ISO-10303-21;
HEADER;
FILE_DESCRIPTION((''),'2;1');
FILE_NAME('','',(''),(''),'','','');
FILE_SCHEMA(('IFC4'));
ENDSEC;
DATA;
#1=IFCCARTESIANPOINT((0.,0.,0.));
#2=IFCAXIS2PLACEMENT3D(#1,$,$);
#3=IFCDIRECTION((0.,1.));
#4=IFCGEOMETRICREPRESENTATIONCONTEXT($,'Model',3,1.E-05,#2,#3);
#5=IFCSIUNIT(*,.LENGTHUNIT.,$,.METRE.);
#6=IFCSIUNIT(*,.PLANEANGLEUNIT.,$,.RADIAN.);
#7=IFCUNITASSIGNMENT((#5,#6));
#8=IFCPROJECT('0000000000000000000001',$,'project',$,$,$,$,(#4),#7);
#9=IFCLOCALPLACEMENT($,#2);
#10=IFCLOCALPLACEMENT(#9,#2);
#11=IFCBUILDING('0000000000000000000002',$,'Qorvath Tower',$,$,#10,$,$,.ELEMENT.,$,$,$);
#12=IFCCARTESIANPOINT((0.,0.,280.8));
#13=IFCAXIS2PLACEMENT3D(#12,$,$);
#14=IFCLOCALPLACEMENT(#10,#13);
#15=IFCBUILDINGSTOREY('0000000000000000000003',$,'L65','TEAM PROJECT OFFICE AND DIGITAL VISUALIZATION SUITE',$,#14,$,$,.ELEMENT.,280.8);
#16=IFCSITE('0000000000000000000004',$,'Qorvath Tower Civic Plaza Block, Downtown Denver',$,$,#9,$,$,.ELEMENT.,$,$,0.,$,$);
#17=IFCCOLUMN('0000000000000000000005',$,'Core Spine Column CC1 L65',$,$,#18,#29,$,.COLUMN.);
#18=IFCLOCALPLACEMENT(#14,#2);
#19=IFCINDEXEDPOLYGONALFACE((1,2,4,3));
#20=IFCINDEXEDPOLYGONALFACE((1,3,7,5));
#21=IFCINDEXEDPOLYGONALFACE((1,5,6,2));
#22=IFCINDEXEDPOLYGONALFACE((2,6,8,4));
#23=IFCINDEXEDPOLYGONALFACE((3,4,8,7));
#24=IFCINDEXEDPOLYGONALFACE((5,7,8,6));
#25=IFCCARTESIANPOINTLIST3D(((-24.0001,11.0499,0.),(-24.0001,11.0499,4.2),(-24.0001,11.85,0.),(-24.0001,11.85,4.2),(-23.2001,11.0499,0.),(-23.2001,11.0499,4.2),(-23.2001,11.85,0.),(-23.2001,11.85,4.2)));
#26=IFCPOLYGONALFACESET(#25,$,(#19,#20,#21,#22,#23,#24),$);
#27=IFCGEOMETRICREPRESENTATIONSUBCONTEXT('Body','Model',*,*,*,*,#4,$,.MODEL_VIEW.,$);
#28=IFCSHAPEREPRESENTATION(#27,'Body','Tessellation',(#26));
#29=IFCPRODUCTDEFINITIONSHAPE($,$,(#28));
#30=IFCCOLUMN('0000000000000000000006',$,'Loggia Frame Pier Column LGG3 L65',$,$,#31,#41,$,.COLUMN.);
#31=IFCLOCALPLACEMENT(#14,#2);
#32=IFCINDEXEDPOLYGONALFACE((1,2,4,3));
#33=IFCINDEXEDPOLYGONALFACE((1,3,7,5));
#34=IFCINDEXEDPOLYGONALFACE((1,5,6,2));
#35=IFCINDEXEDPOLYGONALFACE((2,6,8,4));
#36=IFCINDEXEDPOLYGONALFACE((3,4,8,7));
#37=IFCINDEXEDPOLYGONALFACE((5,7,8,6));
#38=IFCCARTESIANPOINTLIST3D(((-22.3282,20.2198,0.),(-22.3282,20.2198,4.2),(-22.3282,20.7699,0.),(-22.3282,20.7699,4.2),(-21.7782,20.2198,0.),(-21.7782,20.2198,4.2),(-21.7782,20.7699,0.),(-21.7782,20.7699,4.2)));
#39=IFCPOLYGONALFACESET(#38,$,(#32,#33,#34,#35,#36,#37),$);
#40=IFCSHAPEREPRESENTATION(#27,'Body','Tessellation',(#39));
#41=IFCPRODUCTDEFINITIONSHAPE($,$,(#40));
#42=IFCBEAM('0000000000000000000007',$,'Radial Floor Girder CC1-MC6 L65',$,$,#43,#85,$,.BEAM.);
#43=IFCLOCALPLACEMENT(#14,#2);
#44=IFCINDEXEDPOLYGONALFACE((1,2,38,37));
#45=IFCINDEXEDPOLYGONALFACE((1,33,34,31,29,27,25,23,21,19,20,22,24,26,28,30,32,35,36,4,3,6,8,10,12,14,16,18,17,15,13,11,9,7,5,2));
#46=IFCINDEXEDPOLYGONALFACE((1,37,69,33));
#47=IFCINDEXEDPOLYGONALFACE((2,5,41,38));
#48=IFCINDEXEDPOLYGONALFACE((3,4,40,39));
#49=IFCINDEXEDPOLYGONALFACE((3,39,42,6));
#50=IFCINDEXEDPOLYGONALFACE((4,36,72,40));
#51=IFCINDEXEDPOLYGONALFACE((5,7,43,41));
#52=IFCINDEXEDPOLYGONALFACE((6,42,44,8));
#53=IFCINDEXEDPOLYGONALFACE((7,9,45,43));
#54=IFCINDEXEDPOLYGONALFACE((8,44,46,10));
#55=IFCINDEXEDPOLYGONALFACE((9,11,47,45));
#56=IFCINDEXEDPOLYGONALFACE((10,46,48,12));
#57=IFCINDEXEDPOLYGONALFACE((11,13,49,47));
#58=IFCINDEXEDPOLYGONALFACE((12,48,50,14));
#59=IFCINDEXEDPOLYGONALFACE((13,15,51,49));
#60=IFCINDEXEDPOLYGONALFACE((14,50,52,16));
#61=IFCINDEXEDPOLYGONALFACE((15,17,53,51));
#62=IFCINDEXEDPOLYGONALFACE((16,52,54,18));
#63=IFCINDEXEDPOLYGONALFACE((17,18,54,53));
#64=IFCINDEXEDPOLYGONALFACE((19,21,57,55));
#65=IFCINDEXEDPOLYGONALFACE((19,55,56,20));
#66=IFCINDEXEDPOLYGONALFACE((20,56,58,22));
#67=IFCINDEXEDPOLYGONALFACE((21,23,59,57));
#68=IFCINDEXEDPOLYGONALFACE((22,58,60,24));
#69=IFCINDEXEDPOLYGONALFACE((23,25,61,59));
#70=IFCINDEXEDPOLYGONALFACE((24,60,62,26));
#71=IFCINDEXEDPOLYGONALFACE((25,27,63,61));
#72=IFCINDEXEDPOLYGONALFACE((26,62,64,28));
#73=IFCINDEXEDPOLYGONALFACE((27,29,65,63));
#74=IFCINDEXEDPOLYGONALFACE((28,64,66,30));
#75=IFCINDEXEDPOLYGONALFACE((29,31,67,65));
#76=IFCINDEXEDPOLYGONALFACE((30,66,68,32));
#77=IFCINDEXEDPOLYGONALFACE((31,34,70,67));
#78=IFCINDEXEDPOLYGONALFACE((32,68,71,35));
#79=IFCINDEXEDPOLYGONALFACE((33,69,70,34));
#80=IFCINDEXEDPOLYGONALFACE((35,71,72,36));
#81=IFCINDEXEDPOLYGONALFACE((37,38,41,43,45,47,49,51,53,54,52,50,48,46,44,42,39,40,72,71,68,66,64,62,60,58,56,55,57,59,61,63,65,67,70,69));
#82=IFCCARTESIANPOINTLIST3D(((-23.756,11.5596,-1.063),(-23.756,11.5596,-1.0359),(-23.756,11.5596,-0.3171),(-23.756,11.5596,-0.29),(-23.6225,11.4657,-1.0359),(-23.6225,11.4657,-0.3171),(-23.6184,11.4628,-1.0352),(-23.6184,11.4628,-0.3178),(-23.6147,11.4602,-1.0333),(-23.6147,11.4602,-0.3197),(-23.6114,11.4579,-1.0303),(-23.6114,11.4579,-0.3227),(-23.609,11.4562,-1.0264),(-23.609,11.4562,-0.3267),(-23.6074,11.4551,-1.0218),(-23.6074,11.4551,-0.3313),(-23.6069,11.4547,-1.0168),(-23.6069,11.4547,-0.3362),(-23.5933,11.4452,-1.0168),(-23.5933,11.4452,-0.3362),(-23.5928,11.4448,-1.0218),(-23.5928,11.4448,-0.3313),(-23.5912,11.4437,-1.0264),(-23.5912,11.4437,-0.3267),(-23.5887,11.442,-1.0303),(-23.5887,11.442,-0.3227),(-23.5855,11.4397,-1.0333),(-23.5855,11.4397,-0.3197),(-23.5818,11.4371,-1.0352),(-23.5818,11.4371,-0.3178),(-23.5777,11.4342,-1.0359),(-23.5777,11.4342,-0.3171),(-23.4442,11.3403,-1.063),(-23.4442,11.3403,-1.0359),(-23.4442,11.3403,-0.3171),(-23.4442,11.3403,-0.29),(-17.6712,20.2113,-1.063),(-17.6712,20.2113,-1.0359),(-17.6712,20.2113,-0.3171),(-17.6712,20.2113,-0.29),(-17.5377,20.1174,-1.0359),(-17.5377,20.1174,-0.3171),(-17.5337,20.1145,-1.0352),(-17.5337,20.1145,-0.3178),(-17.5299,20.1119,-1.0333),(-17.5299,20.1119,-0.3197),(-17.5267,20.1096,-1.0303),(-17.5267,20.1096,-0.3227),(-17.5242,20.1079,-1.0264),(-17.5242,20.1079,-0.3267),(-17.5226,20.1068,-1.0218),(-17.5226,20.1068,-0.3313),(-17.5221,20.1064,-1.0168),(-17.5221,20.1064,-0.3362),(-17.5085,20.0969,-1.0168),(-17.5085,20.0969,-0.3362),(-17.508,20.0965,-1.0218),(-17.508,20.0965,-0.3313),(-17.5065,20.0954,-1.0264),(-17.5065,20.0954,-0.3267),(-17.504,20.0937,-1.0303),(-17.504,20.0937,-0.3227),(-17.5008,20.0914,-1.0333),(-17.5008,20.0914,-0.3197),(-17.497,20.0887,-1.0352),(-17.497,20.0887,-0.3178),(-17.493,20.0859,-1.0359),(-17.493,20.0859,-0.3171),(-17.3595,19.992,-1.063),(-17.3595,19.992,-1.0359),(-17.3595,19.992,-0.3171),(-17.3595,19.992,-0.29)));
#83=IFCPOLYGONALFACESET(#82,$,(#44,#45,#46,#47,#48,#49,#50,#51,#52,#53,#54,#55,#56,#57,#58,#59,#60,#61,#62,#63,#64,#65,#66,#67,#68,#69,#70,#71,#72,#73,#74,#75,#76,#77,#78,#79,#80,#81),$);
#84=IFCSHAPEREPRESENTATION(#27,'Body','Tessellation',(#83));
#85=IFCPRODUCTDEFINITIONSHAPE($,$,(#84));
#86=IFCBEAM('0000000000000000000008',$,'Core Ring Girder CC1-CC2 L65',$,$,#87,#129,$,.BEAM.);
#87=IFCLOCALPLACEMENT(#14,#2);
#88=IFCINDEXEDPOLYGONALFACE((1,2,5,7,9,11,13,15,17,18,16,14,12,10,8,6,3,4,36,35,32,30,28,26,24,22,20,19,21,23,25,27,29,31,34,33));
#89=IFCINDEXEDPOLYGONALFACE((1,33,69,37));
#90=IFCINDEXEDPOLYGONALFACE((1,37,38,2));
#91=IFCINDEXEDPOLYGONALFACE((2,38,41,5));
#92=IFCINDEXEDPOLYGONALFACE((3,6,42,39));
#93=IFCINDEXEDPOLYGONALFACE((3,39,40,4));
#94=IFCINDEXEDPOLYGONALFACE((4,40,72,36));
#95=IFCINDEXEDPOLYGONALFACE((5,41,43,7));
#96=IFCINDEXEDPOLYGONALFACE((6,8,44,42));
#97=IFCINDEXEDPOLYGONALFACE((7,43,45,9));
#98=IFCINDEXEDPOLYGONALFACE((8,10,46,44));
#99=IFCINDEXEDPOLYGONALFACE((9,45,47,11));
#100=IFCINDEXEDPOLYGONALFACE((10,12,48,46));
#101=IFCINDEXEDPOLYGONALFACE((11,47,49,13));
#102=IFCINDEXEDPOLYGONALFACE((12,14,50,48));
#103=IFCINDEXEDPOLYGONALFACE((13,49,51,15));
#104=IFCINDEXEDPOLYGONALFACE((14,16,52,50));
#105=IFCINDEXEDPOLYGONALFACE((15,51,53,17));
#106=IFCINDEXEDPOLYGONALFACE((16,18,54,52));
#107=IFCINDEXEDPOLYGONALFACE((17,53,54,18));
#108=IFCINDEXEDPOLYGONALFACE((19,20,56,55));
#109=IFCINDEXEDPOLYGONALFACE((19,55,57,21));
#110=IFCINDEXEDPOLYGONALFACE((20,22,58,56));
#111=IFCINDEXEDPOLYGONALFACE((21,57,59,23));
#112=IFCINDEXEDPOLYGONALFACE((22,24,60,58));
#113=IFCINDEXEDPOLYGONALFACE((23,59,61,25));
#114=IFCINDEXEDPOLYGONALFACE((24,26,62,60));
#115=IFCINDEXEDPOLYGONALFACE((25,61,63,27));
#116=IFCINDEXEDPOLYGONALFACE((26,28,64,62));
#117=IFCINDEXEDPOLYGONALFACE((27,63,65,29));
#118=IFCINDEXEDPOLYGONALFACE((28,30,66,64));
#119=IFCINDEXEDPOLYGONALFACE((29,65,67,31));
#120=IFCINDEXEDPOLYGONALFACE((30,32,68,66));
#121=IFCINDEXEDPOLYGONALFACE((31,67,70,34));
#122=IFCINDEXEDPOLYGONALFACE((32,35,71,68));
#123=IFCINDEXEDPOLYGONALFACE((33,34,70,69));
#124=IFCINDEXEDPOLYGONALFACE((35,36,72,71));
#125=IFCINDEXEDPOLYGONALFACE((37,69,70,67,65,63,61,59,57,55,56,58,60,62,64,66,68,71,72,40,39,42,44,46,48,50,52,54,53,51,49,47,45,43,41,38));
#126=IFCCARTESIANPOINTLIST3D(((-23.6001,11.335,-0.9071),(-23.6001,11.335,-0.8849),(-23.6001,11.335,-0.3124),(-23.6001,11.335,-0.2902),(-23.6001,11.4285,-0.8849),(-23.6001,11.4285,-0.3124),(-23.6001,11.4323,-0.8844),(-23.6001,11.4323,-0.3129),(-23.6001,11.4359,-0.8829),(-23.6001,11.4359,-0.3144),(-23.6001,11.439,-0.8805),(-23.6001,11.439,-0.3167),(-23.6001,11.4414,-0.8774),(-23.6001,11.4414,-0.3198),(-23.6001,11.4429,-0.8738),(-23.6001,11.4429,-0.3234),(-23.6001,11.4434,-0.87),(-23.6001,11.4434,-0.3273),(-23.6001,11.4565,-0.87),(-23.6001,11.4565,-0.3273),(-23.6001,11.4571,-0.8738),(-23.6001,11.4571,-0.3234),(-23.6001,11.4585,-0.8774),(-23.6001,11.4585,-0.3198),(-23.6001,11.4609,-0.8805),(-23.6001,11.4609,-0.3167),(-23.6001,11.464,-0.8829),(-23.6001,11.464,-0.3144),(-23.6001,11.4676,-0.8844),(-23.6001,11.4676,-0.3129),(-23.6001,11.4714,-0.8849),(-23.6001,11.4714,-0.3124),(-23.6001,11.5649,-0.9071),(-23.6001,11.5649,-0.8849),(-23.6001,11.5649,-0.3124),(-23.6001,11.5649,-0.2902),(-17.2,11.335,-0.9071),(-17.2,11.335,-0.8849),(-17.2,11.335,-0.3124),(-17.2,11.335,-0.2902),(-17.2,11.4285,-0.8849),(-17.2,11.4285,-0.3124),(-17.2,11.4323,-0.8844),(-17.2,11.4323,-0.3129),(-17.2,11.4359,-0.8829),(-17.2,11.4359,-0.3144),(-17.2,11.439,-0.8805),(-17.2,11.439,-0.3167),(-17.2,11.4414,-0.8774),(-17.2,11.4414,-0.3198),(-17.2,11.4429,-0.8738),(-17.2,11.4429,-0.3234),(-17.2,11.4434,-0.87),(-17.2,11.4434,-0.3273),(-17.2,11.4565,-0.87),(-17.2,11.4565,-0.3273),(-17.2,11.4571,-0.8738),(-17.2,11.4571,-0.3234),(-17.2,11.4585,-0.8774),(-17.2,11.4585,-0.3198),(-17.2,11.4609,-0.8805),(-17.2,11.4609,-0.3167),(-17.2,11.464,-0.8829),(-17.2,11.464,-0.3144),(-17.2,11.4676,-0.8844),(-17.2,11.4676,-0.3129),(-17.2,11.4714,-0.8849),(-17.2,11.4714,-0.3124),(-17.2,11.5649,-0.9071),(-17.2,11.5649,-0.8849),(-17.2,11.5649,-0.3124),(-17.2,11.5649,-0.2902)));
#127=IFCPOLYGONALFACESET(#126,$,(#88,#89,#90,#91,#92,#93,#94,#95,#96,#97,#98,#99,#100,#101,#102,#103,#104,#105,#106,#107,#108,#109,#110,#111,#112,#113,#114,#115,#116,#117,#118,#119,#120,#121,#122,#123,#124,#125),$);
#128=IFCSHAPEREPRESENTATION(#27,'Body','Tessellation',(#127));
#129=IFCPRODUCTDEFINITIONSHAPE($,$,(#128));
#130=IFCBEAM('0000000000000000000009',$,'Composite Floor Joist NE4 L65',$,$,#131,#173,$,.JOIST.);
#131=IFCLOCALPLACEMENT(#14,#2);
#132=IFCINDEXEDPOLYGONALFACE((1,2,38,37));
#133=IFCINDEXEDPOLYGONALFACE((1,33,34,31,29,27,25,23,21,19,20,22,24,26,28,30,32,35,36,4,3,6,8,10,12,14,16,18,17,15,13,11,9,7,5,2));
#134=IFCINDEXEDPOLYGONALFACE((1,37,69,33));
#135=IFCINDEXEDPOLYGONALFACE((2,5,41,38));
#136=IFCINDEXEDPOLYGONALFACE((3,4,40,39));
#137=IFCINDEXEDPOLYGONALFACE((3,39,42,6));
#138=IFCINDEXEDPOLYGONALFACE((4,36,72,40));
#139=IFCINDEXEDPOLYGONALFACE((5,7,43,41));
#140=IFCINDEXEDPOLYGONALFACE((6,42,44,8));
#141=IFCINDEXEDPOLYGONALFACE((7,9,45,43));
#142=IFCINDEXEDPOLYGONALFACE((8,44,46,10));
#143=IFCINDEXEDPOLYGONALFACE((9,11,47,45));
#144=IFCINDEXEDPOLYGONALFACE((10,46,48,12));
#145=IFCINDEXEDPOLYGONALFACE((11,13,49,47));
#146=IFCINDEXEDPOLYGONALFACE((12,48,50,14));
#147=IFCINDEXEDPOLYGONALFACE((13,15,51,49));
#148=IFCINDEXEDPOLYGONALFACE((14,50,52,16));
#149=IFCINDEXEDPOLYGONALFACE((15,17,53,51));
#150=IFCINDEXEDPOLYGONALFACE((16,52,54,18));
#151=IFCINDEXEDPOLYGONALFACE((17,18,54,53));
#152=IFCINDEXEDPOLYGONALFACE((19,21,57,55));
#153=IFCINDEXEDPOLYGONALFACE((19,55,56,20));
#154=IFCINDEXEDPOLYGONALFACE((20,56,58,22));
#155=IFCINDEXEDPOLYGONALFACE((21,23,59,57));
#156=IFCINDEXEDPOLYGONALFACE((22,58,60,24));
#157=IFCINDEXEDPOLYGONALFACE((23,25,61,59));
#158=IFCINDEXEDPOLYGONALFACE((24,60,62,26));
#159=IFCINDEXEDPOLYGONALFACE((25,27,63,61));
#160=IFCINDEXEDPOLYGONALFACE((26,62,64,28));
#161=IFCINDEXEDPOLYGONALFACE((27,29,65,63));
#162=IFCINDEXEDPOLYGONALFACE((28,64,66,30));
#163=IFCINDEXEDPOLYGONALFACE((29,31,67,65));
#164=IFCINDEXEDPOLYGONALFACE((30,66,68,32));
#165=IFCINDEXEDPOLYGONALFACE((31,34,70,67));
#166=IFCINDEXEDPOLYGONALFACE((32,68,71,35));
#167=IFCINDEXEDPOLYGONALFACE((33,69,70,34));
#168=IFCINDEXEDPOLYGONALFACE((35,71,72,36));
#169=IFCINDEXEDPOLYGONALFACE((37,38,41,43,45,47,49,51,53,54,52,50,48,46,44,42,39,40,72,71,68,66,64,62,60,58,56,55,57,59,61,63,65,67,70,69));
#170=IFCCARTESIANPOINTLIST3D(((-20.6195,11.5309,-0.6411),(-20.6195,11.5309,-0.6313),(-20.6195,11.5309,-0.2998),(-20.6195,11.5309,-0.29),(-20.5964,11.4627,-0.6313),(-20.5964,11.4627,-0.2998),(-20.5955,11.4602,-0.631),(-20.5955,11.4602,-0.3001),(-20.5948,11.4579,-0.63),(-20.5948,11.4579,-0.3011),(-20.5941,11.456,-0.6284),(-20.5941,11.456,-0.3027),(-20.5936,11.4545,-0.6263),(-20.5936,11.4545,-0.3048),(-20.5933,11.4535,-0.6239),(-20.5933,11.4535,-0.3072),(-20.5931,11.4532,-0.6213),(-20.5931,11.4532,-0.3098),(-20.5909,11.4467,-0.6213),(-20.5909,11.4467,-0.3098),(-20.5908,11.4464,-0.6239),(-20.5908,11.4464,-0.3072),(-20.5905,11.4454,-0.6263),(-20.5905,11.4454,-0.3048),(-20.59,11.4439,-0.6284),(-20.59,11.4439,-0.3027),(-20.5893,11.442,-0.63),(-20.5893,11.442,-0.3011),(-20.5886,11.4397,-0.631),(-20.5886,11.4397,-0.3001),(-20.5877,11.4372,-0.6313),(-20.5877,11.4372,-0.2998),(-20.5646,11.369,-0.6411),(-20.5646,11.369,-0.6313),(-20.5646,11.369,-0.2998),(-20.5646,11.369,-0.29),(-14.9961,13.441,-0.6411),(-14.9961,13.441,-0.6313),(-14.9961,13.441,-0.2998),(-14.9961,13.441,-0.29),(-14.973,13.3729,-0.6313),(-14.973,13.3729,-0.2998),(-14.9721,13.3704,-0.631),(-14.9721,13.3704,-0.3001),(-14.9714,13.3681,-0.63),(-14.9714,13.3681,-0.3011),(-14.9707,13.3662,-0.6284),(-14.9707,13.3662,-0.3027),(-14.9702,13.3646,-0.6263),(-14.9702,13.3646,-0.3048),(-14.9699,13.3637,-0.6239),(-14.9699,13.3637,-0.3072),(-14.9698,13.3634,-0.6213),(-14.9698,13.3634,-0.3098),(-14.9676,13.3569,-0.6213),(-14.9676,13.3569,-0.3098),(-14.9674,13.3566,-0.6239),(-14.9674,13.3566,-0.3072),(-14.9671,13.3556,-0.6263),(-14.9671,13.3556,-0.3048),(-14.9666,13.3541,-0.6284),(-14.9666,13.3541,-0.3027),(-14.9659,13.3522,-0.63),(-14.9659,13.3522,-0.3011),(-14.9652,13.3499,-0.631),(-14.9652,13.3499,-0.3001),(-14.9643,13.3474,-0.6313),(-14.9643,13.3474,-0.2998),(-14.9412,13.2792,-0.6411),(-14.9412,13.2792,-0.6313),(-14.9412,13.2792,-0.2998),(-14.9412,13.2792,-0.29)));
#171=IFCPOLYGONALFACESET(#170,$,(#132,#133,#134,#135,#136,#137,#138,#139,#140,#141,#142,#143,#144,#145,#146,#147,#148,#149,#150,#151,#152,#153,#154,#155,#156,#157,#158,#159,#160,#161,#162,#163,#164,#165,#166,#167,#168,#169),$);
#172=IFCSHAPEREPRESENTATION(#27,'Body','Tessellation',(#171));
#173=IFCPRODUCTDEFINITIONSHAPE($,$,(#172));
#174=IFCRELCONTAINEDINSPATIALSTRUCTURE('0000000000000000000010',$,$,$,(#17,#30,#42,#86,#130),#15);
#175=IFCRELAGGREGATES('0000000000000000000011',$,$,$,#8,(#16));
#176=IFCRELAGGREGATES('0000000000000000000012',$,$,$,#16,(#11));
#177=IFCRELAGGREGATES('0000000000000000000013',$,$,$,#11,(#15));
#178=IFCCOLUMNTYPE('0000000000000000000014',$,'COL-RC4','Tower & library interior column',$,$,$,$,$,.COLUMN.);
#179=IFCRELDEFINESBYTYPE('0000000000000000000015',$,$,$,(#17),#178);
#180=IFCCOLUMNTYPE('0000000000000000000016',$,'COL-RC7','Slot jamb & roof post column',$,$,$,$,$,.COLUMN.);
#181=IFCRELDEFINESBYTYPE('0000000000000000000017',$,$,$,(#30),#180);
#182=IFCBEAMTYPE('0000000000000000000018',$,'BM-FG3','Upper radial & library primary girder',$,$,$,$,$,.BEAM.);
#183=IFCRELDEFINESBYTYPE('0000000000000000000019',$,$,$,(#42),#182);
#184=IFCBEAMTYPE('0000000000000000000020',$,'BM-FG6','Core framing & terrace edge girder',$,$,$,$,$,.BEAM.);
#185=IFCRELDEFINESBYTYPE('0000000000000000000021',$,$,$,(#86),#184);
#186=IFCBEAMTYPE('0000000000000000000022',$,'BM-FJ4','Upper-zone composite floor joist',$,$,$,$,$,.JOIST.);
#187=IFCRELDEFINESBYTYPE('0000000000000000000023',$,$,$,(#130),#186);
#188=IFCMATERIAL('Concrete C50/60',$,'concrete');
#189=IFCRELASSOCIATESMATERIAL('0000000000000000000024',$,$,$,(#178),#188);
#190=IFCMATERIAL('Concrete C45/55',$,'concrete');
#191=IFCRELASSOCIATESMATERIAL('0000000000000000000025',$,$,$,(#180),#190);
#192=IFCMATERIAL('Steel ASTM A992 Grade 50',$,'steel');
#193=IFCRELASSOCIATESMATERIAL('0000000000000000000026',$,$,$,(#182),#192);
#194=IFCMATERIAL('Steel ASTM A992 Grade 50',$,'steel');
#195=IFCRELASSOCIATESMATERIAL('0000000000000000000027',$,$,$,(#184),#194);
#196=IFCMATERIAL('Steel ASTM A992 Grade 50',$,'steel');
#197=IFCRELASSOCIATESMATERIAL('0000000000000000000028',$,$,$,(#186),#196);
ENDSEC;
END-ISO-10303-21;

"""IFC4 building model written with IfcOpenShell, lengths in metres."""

from ifc_helpers import new_model, si_unit, direction, frame, origin, origin_2d, place, context, subcontext, project, spatial, rectangle, i_section, extrude, material, material_profile, profile_set, type_object, element, save


model = new_model("IFC4")

# Units and contexts
model_context = context("Model", 3, precision=1e-05, world=origin(), true_north=direction((0.0, 1.0)))
body_context = subcontext(model_context, "Body", "Model", "MODEL_VIEW")
ifc_project = project(units=[si_unit("LENGTHUNIT", "METRE"), si_unit("PLANEANGLEUNIT", "RADIAN")], contexts=[model_context])

# Site, building, storey
site_placement = place(None, origin())
site = spatial("IfcSite", under=ifc_project, at=site_placement, Name="Qorvath Tower Civic Plaza Block, Downtown Denver", CompositionType="ELEMENT", RefElevation=0.0)
building_placement = place(site_placement, origin())
building = spatial("IfcBuilding", under=site, at=building_placement, Name="Qorvath Tower", CompositionType="ELEMENT")
storey_placement = place(building_placement, frame((0.0, 0.0, 280.8)))
storey = spatial("IfcBuildingStorey", under=building, at=storey_placement, Name="L65", Description="TEAM PROJECT OFFICE AND DIGITAL VISUALIZATION SUITE", CompositionType="ELEMENT", Elevation=280.8)

# Columns
ifc_material_1 = material(Name="Concrete C50/60", Category="concrete")
ifc_material_profile_1 = material_profile(ifc_material_1, rectangle(XDim=0.8, YDim=0.8, at=origin_2d()), Name="RC 800x800")
ifc_profile_set_1 = profile_set([ifc_material_profile_1], Name="Concrete C50/60")
column_type_1 = type_object("IfcColumnType", Name="COL-RC4", Description="Tower & library interior column", PredefinedType="COLUMN", material=ifc_profile_set_1)
column_1_placement = place(storey_placement, frame((-23.6001, 11.45, 0.0), z_axis=(0.0, 0.0, 1.0), x_axis=(1.0, 0.0, 0.0)))
element("IfcColumn", 1, at=column_1_placement, inside=storey, type_object=column_type_1, Name="Core Spine Column CC1 L65", PredefinedType="COLUMN", context=body_context, shape_type="SweptSolid", body=[
    extrude(rectangle(XDim=0.8, YDim=0.8, at=origin_2d()), origin(), (0.0, 0.0, 1.0), 4.2),
])
ifc_material_2 = material(Name="Concrete C45/55", Category="concrete")
ifc_material_profile_2 = material_profile(ifc_material_2, rectangle(XDim=0.55, YDim=0.55, at=origin_2d()), Name="RC 550x550")
ifc_profile_set_2 = profile_set([ifc_material_profile_2], Name="Concrete C45/55")
column_type_2 = type_object("IfcColumnType", Name="COL-RC7", Description="Slot jamb & roof post column", PredefinedType="COLUMN", material=ifc_profile_set_2)
column_2_placement = place(storey_placement, frame((-22.0532, 20.4949, 0.0), z_axis=(0.0, 0.0, 1.0), x_axis=(1.0, 0.0, 0.0)))
element("IfcColumn", 2, at=column_2_placement, inside=storey, type_object=column_type_2, Name="Loggia Frame Pier Column LGG3 L65", PredefinedType="COLUMN", context=body_context, shape_type="SweptSolid", body=[
    extrude(rectangle(XDim=0.55, YDim=0.55, at=origin_2d()), origin(), (0.0, 0.0, 1.0), 4.2),
])

# Beams
ifc_material_3 = material(Name="Steel ASTM A992 Grade 50", Category="steel")
ifc_material_profile_3 = material_profile(ifc_material_3, i_section(OverallWidth=0.3811, OverallDepth=0.7729, WebThickness=0.0166, FlangeThickness=0.0271, FilletRadius=0.019, at=origin_2d()), Name="W30x173")
ifc_profile_set_3 = profile_set([ifc_material_profile_3], Name="Steel ASTM A992 Grade 50")
beam_type_1 = type_object("IfcBeamType", Name="BM-FG3", Description="Upper radial & library primary girder", PredefinedType="BEAM", material=ifc_profile_set_3)
beam_1_placement = place(storey_placement, frame((-23.6001, 11.45, -0.6765), z_axis=(0.575275, 0.81796, 0.0), x_axis=(-0.81796, 0.575275, 0.0)))
element("IfcBeam", 3, at=beam_1_placement, inside=storey, type_object=beam_type_1, Name="Radial Floor Girder CC1-MC6 L65", PredefinedType="BEAM", context=body_context, shape_type="SweptSolid", body=[
    extrude(i_section(OverallWidth=0.3811, OverallDepth=0.7729, WebThickness=0.0166, FlangeThickness=0.0271, FilletRadius=0.019, at=origin_2d()), origin(), (0.0, 0.0, 1.0), 10.5771),
])
ifc_material_4 = material(Name="Steel ASTM A992 Grade 50", Category="steel")
ifc_material_profile_4 = material_profile(ifc_material_4, i_section(OverallWidth=0.23, OverallDepth=0.6169, WebThickness=0.0132, FlangeThickness=0.0222, FilletRadius=0.0149, at=origin_2d()), Name="W24x94")
ifc_profile_set_4 = profile_set([ifc_material_profile_4], Name="Steel ASTM A992 Grade 50")
beam_type_2 = type_object("IfcBeamType", Name="BM-FG6", Description="Core framing & terrace edge girder", PredefinedType="BEAM", material=ifc_profile_set_4)
beam_2_placement = place(storey_placement, frame((-23.6001, 11.45, -0.5986), z_axis=(1.0, 0.0, 0.0), x_axis=(0.0, 1.0, 0.0)))
element("IfcBeam", 4, at=beam_2_placement, inside=storey, type_object=beam_type_2, Name="Core Ring Girder CC1-CC2 L65", PredefinedType="BEAM", context=body_context, shape_type="SweptSolid", body=[
    extrude(i_section(OverallWidth=0.23, OverallDepth=0.6169, WebThickness=0.0132, FlangeThickness=0.0222, FilletRadius=0.0149, at=origin_2d()), origin(), (0.0, 0.0, 1.0), 6.4001),
])
ifc_material_5 = material(Name="Steel ASTM A992 Grade 50", Category="steel")
ifc_material_profile_5 = material_profile(ifc_material_5, i_section(OverallWidth=0.1709, OverallDepth=0.3511, WebThickness=0.0068, FlangeThickness=0.0098, FilletRadius=0.01, at=origin_2d()), Name="W14x30")
ifc_profile_set_5 = profile_set([ifc_material_profile_5], Name="Steel ASTM A992 Grade 50")
beam_type_3 = type_object("IfcBeamType", Name="BM-FJ4", Description="Upper-zone composite floor joist", PredefinedType="JOIST", material=ifc_profile_set_5)
beam_3_placement = place(storey_placement, frame((-20.592, 11.45, -0.4656), z_axis=(0.946863, 0.321637, 0.0), x_axis=(-0.321637, 0.946863, 0.0)))
element("IfcBeam", 5, at=beam_3_placement, inside=storey, type_object=beam_type_3, Name="Composite Floor Joist NE4 L65", PredefinedType="JOIST", context=body_context, shape_type="SweptSolid", body=[
    extrude(i_section(OverallWidth=0.1709, OverallDepth=0.3511, WebThickness=0.0068, FlangeThickness=0.0098, FilletRadius=0.01, at=origin_2d()), origin(), (0.0, 0.0, 1.0), 5.939),
])

save(model, "model.ifc")
